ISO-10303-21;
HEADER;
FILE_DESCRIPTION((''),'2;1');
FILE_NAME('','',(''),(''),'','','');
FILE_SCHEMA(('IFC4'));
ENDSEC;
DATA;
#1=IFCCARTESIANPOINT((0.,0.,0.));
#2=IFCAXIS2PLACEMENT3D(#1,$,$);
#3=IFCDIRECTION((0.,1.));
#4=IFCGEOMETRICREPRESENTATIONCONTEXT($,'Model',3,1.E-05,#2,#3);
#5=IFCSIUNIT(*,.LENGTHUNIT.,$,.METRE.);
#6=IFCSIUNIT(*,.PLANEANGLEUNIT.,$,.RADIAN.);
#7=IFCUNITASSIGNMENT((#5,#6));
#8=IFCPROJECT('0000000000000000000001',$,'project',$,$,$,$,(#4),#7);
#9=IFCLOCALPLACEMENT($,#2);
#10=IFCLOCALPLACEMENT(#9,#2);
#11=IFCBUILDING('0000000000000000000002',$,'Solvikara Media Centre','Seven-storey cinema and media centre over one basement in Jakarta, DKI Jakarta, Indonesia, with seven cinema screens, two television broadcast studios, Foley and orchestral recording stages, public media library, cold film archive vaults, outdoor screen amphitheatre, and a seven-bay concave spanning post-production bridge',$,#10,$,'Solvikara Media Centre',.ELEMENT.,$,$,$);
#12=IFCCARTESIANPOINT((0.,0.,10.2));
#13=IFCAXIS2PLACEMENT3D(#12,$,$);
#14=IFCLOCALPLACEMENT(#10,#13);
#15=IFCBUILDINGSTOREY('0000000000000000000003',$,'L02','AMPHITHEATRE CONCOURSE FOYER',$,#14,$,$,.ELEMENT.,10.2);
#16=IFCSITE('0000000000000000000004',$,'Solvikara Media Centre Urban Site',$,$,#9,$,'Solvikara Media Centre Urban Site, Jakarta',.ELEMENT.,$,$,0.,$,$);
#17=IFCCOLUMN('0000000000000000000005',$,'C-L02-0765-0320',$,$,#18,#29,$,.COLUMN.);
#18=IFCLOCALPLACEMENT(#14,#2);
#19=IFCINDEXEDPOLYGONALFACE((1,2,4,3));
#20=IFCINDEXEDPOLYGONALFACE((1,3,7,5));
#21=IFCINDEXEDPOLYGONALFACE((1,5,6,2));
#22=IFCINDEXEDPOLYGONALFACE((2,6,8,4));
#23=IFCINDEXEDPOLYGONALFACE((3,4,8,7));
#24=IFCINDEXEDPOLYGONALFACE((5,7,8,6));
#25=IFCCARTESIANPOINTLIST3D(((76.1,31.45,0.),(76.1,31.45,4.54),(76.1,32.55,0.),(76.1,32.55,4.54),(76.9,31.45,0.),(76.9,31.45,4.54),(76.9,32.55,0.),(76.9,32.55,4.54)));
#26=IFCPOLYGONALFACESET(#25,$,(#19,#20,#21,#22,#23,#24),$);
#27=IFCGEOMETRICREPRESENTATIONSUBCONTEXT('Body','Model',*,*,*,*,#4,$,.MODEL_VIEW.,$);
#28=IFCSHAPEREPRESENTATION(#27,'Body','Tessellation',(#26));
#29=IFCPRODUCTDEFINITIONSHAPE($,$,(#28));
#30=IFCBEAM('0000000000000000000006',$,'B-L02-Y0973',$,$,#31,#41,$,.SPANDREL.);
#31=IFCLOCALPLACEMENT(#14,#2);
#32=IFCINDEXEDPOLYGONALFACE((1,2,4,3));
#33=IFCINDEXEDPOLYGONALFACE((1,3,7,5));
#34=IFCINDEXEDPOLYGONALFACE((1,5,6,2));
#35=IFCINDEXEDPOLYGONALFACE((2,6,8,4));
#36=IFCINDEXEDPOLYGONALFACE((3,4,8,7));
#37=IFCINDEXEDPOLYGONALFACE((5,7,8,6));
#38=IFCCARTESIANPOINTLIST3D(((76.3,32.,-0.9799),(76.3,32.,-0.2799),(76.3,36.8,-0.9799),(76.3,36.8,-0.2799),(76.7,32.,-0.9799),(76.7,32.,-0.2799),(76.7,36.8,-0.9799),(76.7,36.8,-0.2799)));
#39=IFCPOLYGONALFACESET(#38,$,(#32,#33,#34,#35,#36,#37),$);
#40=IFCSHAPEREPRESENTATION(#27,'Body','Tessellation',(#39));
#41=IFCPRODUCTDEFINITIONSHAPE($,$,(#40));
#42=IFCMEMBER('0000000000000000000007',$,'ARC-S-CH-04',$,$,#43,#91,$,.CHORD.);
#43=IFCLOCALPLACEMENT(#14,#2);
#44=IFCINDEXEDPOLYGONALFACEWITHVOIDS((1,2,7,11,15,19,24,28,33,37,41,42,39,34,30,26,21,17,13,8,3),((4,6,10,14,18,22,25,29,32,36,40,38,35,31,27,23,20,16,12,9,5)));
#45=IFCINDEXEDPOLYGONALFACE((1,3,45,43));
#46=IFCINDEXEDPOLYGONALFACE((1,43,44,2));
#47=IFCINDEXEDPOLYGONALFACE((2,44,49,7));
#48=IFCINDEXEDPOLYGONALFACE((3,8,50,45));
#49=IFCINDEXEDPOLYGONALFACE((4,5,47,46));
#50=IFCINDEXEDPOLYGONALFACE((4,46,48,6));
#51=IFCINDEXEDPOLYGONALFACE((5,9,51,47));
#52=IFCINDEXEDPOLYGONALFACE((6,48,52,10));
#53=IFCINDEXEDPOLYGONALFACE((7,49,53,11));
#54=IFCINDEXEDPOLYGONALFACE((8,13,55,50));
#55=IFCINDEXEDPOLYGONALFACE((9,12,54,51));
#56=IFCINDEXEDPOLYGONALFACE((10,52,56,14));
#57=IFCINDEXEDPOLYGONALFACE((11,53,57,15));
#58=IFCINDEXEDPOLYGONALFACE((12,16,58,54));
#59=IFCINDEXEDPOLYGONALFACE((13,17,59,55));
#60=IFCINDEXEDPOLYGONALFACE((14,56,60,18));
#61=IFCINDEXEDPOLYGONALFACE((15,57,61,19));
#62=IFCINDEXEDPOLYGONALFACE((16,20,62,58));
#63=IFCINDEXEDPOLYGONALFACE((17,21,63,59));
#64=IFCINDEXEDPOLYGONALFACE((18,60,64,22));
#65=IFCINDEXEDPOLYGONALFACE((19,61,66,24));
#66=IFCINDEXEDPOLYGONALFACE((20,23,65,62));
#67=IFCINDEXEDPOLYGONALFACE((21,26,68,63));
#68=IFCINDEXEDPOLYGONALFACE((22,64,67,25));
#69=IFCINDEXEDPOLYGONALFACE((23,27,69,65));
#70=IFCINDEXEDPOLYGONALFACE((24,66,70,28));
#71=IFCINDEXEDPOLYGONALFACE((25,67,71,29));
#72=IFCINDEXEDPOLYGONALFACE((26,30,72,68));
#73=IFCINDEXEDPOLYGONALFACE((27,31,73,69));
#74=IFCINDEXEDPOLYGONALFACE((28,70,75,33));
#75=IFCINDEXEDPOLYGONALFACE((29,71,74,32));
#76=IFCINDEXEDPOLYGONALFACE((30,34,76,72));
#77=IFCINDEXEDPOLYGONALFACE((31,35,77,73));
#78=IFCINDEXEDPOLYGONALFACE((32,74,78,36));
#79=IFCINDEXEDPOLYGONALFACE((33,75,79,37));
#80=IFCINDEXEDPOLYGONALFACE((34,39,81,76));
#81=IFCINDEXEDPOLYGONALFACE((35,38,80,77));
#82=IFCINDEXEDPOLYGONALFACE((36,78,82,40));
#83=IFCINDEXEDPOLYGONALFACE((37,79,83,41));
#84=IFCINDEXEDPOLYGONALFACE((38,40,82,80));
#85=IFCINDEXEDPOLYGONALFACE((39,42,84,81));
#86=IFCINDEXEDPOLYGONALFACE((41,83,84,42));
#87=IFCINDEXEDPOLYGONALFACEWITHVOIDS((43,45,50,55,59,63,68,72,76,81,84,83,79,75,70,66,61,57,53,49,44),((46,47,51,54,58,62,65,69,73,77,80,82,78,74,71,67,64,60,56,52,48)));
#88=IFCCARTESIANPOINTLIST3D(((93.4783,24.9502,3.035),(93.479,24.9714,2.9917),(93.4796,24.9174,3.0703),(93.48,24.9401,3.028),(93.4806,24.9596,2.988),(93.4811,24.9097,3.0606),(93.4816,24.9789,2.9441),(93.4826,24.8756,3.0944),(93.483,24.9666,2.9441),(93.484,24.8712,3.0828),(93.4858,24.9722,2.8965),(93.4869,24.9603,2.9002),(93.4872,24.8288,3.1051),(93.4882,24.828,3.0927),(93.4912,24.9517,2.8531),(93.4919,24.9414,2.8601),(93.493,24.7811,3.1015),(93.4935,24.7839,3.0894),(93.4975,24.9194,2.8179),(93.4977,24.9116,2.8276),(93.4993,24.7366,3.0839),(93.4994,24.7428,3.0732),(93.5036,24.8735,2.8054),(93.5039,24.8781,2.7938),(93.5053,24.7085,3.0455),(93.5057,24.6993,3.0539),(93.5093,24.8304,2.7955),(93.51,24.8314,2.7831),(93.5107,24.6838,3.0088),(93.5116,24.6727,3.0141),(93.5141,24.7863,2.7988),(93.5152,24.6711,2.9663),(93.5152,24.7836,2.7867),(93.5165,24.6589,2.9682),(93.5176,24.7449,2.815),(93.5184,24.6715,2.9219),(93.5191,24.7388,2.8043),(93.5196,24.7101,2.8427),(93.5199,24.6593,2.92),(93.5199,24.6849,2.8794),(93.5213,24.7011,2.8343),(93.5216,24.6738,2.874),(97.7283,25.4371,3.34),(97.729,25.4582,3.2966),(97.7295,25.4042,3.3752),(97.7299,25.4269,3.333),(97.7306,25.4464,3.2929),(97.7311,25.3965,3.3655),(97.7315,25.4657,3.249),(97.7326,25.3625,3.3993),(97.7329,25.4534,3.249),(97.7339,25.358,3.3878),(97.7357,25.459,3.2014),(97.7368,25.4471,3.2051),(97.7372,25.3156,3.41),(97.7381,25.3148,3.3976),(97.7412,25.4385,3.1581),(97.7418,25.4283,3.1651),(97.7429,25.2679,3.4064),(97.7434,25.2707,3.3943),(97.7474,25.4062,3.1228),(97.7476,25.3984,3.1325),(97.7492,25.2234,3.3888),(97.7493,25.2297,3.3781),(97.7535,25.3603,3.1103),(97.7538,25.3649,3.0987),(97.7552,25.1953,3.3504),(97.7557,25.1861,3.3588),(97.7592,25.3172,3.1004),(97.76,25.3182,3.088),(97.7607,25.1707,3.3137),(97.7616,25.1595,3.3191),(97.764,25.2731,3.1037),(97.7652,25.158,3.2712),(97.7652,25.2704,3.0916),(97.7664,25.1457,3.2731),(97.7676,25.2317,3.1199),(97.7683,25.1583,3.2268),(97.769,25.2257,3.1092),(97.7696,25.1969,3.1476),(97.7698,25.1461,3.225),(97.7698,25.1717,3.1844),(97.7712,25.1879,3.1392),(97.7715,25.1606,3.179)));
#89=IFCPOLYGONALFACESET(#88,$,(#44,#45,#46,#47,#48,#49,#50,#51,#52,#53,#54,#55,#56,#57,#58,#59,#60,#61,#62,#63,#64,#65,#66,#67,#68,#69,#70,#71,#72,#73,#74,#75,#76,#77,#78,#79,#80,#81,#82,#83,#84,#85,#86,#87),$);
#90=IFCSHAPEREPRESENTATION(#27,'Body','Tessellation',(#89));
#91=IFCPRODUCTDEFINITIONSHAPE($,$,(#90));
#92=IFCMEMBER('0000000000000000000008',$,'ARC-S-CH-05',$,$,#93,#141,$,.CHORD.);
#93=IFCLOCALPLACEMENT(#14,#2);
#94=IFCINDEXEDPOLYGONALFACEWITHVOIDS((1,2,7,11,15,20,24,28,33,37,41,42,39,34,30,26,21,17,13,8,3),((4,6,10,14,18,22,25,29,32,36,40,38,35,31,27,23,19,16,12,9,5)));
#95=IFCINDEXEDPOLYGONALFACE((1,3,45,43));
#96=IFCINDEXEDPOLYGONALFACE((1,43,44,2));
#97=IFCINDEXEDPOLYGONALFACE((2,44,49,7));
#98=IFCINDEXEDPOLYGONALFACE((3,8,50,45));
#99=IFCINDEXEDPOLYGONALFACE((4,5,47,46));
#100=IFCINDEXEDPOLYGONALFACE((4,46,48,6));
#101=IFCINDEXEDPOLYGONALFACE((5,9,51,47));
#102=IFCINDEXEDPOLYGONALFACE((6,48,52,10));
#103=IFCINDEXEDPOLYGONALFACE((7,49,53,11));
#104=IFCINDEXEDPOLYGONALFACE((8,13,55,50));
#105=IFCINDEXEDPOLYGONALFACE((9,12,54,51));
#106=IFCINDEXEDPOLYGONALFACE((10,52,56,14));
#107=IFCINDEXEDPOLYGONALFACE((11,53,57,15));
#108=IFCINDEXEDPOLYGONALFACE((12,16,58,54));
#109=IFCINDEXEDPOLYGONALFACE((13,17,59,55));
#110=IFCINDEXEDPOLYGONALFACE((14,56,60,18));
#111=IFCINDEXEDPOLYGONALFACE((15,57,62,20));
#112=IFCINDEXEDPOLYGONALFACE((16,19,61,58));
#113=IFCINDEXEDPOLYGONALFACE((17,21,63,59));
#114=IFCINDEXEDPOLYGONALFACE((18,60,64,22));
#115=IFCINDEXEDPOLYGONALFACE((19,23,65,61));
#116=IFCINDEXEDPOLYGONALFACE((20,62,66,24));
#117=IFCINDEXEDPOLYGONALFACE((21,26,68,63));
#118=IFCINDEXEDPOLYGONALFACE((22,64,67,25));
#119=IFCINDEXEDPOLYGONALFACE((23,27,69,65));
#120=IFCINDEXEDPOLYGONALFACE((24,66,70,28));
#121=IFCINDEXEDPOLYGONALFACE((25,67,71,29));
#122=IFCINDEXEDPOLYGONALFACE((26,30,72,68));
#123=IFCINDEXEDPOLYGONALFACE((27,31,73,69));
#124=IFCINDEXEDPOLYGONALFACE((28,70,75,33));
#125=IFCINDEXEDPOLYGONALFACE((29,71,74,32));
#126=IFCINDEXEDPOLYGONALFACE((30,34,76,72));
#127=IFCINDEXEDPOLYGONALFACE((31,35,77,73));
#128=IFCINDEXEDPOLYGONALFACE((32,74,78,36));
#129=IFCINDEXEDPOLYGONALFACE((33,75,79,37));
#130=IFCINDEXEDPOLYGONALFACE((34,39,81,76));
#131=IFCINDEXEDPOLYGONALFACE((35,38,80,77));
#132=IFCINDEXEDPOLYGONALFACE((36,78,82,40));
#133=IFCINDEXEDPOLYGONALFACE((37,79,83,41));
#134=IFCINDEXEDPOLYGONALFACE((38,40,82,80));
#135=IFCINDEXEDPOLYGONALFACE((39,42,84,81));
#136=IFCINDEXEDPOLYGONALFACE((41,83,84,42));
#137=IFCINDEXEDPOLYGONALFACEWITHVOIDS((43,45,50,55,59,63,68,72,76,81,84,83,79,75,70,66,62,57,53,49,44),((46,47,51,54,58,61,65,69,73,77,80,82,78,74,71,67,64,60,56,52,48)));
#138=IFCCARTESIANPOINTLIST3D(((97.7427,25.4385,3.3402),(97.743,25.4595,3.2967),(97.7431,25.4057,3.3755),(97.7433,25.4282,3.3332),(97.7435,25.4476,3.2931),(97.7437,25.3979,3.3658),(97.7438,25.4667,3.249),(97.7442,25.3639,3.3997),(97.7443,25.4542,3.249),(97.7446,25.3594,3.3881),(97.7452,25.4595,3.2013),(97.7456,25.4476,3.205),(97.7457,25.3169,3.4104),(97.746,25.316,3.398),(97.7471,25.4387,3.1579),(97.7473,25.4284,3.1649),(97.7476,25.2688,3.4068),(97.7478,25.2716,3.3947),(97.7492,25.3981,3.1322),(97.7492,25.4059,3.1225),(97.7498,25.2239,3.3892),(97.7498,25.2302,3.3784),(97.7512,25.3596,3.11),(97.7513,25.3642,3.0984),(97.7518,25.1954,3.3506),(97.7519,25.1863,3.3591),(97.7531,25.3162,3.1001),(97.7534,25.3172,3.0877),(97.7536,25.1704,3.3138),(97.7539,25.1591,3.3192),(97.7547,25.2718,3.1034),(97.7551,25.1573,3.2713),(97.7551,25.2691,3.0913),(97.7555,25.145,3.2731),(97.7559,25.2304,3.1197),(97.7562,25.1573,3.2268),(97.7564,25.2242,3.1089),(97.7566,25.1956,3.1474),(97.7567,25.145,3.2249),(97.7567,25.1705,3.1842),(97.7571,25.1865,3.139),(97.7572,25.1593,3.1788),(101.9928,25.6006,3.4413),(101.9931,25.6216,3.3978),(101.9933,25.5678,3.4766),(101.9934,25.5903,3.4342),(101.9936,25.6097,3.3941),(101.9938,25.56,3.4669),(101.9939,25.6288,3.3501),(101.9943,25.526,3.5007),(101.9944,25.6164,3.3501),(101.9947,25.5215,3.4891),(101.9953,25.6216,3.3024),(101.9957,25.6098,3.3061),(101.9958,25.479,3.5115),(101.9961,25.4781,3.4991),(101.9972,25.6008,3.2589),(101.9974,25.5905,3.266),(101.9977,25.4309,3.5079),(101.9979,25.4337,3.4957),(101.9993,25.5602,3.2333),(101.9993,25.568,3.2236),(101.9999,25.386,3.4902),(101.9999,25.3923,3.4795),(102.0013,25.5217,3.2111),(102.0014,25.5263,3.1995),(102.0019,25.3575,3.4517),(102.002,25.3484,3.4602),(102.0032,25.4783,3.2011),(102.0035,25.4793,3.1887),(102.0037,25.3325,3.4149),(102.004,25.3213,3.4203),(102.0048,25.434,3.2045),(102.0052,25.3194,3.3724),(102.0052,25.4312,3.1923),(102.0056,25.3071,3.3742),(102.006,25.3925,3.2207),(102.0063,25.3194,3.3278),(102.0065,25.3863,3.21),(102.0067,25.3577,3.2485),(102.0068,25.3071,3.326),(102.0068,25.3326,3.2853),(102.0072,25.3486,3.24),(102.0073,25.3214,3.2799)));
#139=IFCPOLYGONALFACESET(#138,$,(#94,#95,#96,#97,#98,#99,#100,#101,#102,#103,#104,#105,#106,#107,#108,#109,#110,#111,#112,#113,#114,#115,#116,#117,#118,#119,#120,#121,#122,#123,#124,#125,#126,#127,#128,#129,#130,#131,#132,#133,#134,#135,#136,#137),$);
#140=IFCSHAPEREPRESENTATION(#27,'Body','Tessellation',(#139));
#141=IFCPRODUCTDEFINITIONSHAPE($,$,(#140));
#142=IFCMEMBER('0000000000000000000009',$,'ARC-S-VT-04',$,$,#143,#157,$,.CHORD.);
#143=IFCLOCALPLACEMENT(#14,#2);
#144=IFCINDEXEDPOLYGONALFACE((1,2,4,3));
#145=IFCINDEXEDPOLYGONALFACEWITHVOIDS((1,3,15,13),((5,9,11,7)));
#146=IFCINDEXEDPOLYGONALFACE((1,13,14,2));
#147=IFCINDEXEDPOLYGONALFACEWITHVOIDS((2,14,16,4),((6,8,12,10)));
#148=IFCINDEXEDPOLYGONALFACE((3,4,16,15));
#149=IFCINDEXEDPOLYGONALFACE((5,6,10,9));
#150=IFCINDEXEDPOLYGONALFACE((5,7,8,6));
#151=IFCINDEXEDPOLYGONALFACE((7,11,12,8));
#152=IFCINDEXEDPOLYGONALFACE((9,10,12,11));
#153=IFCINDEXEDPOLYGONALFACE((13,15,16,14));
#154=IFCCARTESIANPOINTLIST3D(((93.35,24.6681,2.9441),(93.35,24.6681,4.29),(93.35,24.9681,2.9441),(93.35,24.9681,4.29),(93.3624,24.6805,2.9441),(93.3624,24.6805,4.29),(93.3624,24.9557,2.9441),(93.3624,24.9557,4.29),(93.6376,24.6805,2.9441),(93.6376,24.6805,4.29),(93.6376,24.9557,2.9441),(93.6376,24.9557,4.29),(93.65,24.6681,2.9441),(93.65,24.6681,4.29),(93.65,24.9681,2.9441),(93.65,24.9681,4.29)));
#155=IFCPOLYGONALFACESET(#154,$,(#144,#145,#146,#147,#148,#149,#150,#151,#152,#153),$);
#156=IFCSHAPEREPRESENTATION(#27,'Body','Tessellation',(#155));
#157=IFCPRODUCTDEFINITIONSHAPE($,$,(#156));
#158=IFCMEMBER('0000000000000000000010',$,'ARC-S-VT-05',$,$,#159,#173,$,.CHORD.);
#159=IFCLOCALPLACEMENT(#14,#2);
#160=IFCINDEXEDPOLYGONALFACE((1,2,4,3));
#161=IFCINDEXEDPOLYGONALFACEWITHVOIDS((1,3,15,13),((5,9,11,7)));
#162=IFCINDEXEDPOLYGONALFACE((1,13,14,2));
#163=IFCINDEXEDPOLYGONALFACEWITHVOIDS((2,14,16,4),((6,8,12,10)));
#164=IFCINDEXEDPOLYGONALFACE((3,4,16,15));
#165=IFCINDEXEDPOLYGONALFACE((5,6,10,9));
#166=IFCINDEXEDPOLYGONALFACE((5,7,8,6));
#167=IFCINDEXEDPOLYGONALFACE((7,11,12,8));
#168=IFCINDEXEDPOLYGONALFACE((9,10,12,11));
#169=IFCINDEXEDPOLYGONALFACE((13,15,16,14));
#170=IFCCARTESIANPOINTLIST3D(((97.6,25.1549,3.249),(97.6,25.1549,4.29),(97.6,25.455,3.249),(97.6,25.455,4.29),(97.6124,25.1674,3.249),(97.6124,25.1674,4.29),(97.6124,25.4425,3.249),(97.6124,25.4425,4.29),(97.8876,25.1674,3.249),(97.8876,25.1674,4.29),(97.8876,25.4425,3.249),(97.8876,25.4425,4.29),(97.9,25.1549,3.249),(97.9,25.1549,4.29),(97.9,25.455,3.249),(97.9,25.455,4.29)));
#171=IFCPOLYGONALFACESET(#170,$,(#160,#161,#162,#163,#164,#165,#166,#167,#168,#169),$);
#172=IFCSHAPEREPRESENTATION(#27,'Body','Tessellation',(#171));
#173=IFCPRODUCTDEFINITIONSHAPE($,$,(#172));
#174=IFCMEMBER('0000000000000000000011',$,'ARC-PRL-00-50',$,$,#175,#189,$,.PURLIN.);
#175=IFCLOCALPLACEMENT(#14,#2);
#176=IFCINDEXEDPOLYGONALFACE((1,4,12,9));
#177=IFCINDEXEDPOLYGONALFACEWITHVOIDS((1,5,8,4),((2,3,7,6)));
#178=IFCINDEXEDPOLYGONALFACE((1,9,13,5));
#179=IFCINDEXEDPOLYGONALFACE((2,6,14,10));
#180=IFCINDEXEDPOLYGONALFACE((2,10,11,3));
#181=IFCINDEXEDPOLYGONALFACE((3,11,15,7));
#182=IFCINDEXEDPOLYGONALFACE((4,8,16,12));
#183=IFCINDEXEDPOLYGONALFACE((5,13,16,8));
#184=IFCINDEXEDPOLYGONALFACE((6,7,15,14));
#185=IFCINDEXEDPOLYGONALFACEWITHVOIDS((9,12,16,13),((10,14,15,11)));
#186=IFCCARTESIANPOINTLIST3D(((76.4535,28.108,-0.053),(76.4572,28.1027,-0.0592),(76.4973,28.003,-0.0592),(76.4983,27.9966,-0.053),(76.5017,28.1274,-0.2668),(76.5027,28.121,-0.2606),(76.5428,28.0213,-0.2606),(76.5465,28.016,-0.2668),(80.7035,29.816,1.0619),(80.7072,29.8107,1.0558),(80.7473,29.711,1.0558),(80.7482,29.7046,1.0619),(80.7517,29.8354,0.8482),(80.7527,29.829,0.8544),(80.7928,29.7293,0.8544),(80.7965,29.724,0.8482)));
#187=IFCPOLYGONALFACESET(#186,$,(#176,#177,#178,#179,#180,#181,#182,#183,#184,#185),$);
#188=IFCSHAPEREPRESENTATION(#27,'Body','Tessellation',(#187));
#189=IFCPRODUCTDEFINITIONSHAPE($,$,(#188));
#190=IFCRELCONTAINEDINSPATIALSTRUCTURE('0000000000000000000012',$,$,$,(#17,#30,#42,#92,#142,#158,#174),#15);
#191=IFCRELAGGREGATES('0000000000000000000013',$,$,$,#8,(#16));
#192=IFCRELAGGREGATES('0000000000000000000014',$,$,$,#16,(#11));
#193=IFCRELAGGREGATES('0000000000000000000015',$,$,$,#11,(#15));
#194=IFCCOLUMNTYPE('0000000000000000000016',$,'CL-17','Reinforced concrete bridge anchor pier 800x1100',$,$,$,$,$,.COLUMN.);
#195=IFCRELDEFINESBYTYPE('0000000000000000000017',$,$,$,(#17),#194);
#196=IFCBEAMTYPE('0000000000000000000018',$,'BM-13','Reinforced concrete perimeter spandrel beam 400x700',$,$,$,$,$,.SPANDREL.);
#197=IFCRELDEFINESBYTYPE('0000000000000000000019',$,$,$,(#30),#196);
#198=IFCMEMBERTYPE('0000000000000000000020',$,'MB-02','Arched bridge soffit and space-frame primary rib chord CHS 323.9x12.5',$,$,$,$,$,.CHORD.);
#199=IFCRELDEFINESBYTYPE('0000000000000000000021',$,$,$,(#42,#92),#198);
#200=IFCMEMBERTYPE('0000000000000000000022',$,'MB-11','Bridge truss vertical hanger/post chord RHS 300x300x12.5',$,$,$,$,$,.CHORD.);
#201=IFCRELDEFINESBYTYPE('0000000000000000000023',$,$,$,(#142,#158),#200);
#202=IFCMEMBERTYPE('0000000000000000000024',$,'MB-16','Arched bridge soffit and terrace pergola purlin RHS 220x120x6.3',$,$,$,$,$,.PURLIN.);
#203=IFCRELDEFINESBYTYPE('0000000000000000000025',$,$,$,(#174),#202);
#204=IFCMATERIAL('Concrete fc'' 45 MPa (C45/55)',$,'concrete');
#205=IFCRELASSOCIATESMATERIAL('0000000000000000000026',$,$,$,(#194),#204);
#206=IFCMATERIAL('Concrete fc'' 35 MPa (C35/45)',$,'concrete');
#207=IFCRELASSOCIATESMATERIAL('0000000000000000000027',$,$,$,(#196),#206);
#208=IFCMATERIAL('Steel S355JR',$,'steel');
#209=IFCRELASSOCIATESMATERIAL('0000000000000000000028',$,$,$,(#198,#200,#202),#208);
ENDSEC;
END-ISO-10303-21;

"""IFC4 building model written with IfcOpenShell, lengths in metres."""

from ifc_helpers import new_model, si_unit, direction, frame, origin, origin_2d, place, context, subcontext, project, spatial, rectangle, hollow_rectangle, hollow_circle, extrude, material, material_profile, profile_set, type_object, element, save


model = new_model("IFC4")

# Units and contexts
model_context = context("Model", 3, precision=1e-05, world=origin(), true_north=direction((0.0, 1.0)))
body_context = subcontext(model_context, "Body", "Model", "MODEL_VIEW")
ifc_project = project(units=[si_unit("LENGTHUNIT", "METRE"), si_unit("PLANEANGLEUNIT", "RADIAN")], contexts=[model_context])

# Site, building, storey
site_placement = place(None, origin())
site = spatial("IfcSite", under=ifc_project, at=site_placement, Name="Solvikara Media Centre Urban Site", LongName="Solvikara Media Centre Urban Site, Jakarta", CompositionType="ELEMENT", RefElevation=0.0)
building_placement = place(site_placement, origin())
building = spatial("IfcBuilding", under=site, at=building_placement, Name="Solvikara Media Centre", Description="Seven-storey cinema and media centre over one basement in Jakarta, DKI Jakarta, Indonesia, with seven cinema screens, two television broadcast studios, Foley and orchestral recording stages, public media library, cold film archive vaults, outdoor screen amphitheatre, and a seven-bay concave spanning post-production bridge", LongName="Solvikara Media Centre", CompositionType="ELEMENT")
storey_placement = place(building_placement, frame((0.0, 0.0, 10.2)))
storey = spatial("IfcBuildingStorey", under=building, at=storey_placement, Name="L02", Description="AMPHITHEATRE CONCOURSE FOYER", CompositionType="ELEMENT", Elevation=10.2)

# Column
ifc_material_1 = material(Name="Concrete fc' 45 MPa (C45/55)", Category="concrete")
ifc_material_profile_1 = material_profile(ifc_material_1, rectangle(XDim=0.8, YDim=1.1001, at=origin_2d()), Name="RC 800x1100")
ifc_profile_set_1 = profile_set([ifc_material_profile_1], Name="Concrete fc' 45 MPa (C45/55)")
column_type = type_object("IfcColumnType", Name="CL-17", Description="Reinforced concrete bridge anchor pier 800x1100", PredefinedType="COLUMN", material=ifc_profile_set_1)
column_placement = place(storey_placement, frame((76.5, 32.0, 0.0), z_axis=(0.0, 0.0, 1.0), x_axis=(1.0, 0.0, 0.0)))
element("IfcColumn", 1, at=column_placement, inside=storey, type_object=column_type, Name="C-L02-0765-0320", PredefinedType="COLUMN", context=body_context, shape_type="SweptSolid", body=[
    extrude(rectangle(XDim=0.8, YDim=1.1001, at=origin_2d()), origin(), (0.0, 0.0, 1.0), 4.54),
])

# Beam
ifc_material_2 = material(Name="Concrete fc' 35 MPa (C35/45)", Category="concrete")
ifc_material_profile_2 = material_profile(ifc_material_2, rectangle(XDim=0.3999, YDim=0.7, at=origin_2d()), Name="RC 400x700")
ifc_profile_set_2 = profile_set([ifc_material_profile_2], Name="Concrete fc' 35 MPa (C35/45)")
beam_type = type_object("IfcBeamType", Name="BM-13", Description="Reinforced concrete perimeter spandrel beam 400x700", PredefinedType="SPANDREL", material=ifc_profile_set_2)
beam_placement = place(storey_placement, frame((76.5, 32.0, -0.6299), z_axis=(0.0, 1.0, 0.0), x_axis=(-1.0, 0.0, 0.0)))
element("IfcBeam", 2, at=beam_placement, inside=storey, type_object=beam_type, Name="B-L02-Y0973", PredefinedType="SPANDREL", context=body_context, shape_type="SweptSolid", body=[
    extrude(rectangle(XDim=0.3999, YDim=0.7, at=origin_2d()), origin(), (0.0, 0.0, 1.0), 4.8),
])

# Members
ifc_material_3 = material(Name="Steel S355JR", Category="steel")
ifc_material_profile_3 = material_profile(ifc_material_3, hollow_circle(Radius=0.1619, WallThickness=0.0125, at=origin_2d()), Name="CHS 323.9x12.5")
ifc_profile_set_3 = profile_set([ifc_material_profile_3], Name="Steel S355JR")
member_type_1 = type_object("IfcMemberType", Name="MB-02", Description="Arched bridge soffit and space-frame primary rib chord CHS 323.9x12.5", PredefinedType="CHORD", material=ifc_profile_set_3)
member_1_placement = place(storey_placement, frame((93.5, 24.8181, 2.9441), z_axis=(0.990989, 0.113513, 0.071102), x_axis=(-0.113801, 0.993504, 0.0)))
element("IfcMember", 3, at=member_1_placement, inside=storey, type_object=member_type_1, Name="ARC-S-CH-04", PredefinedType="CHORD", context=body_context, shape_type="SweptSolid", body=[
    extrude(hollow_circle(Radius=0.1619, WallThickness=0.0125, at=origin_2d()), origin(), (0.0, 0.0, 1.0), 4.2886),
])
member_2_placement = place(storey_placement, frame((97.75, 25.3049, 3.249), z_axis=(0.998991, 0.038105, 0.023758), x_axis=(-0.038116, 0.999273, 0.0)))
element("IfcMember", 4, at=member_2_placement, inside=storey, type_object=member_type_1, Name="ARC-S-CH-05", PredefinedType="CHORD", context=body_context, shape_type="SweptSolid", body=[
    extrude(hollow_circle(Radius=0.1619, WallThickness=0.0125, at=origin_2d()), origin(), (0.0, 0.0, 1.0), 4.2544),
])
ifc_material_profile_4 = material_profile(ifc_material_3, hollow_rectangle(XDim=0.3, YDim=0.3, WallThickness=0.0125, at=origin_2d()), Name="RHS 300x300x12.5")
ifc_profile_set_4 = profile_set([ifc_material_profile_4], Name="Steel S355JR")
member_type_2 = type_object("IfcMemberType", Name="MB-11", Description="Bridge truss vertical hanger/post chord RHS 300x300x12.5", PredefinedType="CHORD", material=ifc_profile_set_4)
member_3_placement = place(storey_placement, frame((93.5, 24.8181, 2.9441), z_axis=(0.0, 0.0, 1.0), x_axis=(1.0, 0.0, 0.0)))
element("IfcMember", 5, at=member_3_placement, inside=storey, type_object=member_type_2, Name="ARC-S-VT-04", PredefinedType="CHORD", context=body_context, shape_type="SweptSolid", body=[
    extrude(hollow_rectangle(XDim=0.3, YDim=0.3, WallThickness=0.0125, at=origin_2d()), origin(), (0.0, 0.0, 1.0), 1.3459),
])
member_4_placement = place(storey_placement, frame((97.75, 25.3049, 3.249), z_axis=(0.0, 0.0, 1.0), x_axis=(1.0, 0.0, 0.0)))
element("IfcMember", 6, at=member_4_placement, inside=storey, type_object=member_type_2, Name="ARC-S-VT-05", PredefinedType="CHORD", context=body_context, shape_type="SweptSolid", body=[
    extrude(hollow_rectangle(XDim=0.3, YDim=0.3, WallThickness=0.0125, at=origin_2d()), origin(), (0.0, 0.0, 1.0), 1.041),
])
ifc_material_profile_5 = material_profile(ifc_material_3, hollow_rectangle(XDim=0.1201, YDim=0.22, WallThickness=0.0063, at=origin_2d()), Name="RHS 220x120x6.3")
ifc_profile_set_5 = profile_set([ifc_material_profile_5], Name="Steel S355JR")
member_type_3 = type_object("IfcMemberType", Name="MB-16", Description="Arched bridge soffit and terrace pergola purlin RHS 220x120x6.3", PredefinedType="PURLIN", material=ifc_profile_set_5)
member_5_placement = place(storey_placement, frame((76.5, 28.062, -0.1599), z_axis=(0.901545, 0.362317, 0.236521), x_axis=(-0.372897, 0.927873, 0.0)))
element("IfcMember", 7, at=member_5_placement, inside=storey, type_object=member_type_3, Name="ARC-PRL-00-50", PredefinedType="PURLIN", context=body_context, shape_type="SweptSolid", body=[
    extrude(hollow_rectangle(XDim=0.1201, YDim=0.22, WallThickness=0.0063, at=origin_2d()), origin(), (0.0, 0.0, 1.0), 4.7141),
])

save(model, "model.ifc")
